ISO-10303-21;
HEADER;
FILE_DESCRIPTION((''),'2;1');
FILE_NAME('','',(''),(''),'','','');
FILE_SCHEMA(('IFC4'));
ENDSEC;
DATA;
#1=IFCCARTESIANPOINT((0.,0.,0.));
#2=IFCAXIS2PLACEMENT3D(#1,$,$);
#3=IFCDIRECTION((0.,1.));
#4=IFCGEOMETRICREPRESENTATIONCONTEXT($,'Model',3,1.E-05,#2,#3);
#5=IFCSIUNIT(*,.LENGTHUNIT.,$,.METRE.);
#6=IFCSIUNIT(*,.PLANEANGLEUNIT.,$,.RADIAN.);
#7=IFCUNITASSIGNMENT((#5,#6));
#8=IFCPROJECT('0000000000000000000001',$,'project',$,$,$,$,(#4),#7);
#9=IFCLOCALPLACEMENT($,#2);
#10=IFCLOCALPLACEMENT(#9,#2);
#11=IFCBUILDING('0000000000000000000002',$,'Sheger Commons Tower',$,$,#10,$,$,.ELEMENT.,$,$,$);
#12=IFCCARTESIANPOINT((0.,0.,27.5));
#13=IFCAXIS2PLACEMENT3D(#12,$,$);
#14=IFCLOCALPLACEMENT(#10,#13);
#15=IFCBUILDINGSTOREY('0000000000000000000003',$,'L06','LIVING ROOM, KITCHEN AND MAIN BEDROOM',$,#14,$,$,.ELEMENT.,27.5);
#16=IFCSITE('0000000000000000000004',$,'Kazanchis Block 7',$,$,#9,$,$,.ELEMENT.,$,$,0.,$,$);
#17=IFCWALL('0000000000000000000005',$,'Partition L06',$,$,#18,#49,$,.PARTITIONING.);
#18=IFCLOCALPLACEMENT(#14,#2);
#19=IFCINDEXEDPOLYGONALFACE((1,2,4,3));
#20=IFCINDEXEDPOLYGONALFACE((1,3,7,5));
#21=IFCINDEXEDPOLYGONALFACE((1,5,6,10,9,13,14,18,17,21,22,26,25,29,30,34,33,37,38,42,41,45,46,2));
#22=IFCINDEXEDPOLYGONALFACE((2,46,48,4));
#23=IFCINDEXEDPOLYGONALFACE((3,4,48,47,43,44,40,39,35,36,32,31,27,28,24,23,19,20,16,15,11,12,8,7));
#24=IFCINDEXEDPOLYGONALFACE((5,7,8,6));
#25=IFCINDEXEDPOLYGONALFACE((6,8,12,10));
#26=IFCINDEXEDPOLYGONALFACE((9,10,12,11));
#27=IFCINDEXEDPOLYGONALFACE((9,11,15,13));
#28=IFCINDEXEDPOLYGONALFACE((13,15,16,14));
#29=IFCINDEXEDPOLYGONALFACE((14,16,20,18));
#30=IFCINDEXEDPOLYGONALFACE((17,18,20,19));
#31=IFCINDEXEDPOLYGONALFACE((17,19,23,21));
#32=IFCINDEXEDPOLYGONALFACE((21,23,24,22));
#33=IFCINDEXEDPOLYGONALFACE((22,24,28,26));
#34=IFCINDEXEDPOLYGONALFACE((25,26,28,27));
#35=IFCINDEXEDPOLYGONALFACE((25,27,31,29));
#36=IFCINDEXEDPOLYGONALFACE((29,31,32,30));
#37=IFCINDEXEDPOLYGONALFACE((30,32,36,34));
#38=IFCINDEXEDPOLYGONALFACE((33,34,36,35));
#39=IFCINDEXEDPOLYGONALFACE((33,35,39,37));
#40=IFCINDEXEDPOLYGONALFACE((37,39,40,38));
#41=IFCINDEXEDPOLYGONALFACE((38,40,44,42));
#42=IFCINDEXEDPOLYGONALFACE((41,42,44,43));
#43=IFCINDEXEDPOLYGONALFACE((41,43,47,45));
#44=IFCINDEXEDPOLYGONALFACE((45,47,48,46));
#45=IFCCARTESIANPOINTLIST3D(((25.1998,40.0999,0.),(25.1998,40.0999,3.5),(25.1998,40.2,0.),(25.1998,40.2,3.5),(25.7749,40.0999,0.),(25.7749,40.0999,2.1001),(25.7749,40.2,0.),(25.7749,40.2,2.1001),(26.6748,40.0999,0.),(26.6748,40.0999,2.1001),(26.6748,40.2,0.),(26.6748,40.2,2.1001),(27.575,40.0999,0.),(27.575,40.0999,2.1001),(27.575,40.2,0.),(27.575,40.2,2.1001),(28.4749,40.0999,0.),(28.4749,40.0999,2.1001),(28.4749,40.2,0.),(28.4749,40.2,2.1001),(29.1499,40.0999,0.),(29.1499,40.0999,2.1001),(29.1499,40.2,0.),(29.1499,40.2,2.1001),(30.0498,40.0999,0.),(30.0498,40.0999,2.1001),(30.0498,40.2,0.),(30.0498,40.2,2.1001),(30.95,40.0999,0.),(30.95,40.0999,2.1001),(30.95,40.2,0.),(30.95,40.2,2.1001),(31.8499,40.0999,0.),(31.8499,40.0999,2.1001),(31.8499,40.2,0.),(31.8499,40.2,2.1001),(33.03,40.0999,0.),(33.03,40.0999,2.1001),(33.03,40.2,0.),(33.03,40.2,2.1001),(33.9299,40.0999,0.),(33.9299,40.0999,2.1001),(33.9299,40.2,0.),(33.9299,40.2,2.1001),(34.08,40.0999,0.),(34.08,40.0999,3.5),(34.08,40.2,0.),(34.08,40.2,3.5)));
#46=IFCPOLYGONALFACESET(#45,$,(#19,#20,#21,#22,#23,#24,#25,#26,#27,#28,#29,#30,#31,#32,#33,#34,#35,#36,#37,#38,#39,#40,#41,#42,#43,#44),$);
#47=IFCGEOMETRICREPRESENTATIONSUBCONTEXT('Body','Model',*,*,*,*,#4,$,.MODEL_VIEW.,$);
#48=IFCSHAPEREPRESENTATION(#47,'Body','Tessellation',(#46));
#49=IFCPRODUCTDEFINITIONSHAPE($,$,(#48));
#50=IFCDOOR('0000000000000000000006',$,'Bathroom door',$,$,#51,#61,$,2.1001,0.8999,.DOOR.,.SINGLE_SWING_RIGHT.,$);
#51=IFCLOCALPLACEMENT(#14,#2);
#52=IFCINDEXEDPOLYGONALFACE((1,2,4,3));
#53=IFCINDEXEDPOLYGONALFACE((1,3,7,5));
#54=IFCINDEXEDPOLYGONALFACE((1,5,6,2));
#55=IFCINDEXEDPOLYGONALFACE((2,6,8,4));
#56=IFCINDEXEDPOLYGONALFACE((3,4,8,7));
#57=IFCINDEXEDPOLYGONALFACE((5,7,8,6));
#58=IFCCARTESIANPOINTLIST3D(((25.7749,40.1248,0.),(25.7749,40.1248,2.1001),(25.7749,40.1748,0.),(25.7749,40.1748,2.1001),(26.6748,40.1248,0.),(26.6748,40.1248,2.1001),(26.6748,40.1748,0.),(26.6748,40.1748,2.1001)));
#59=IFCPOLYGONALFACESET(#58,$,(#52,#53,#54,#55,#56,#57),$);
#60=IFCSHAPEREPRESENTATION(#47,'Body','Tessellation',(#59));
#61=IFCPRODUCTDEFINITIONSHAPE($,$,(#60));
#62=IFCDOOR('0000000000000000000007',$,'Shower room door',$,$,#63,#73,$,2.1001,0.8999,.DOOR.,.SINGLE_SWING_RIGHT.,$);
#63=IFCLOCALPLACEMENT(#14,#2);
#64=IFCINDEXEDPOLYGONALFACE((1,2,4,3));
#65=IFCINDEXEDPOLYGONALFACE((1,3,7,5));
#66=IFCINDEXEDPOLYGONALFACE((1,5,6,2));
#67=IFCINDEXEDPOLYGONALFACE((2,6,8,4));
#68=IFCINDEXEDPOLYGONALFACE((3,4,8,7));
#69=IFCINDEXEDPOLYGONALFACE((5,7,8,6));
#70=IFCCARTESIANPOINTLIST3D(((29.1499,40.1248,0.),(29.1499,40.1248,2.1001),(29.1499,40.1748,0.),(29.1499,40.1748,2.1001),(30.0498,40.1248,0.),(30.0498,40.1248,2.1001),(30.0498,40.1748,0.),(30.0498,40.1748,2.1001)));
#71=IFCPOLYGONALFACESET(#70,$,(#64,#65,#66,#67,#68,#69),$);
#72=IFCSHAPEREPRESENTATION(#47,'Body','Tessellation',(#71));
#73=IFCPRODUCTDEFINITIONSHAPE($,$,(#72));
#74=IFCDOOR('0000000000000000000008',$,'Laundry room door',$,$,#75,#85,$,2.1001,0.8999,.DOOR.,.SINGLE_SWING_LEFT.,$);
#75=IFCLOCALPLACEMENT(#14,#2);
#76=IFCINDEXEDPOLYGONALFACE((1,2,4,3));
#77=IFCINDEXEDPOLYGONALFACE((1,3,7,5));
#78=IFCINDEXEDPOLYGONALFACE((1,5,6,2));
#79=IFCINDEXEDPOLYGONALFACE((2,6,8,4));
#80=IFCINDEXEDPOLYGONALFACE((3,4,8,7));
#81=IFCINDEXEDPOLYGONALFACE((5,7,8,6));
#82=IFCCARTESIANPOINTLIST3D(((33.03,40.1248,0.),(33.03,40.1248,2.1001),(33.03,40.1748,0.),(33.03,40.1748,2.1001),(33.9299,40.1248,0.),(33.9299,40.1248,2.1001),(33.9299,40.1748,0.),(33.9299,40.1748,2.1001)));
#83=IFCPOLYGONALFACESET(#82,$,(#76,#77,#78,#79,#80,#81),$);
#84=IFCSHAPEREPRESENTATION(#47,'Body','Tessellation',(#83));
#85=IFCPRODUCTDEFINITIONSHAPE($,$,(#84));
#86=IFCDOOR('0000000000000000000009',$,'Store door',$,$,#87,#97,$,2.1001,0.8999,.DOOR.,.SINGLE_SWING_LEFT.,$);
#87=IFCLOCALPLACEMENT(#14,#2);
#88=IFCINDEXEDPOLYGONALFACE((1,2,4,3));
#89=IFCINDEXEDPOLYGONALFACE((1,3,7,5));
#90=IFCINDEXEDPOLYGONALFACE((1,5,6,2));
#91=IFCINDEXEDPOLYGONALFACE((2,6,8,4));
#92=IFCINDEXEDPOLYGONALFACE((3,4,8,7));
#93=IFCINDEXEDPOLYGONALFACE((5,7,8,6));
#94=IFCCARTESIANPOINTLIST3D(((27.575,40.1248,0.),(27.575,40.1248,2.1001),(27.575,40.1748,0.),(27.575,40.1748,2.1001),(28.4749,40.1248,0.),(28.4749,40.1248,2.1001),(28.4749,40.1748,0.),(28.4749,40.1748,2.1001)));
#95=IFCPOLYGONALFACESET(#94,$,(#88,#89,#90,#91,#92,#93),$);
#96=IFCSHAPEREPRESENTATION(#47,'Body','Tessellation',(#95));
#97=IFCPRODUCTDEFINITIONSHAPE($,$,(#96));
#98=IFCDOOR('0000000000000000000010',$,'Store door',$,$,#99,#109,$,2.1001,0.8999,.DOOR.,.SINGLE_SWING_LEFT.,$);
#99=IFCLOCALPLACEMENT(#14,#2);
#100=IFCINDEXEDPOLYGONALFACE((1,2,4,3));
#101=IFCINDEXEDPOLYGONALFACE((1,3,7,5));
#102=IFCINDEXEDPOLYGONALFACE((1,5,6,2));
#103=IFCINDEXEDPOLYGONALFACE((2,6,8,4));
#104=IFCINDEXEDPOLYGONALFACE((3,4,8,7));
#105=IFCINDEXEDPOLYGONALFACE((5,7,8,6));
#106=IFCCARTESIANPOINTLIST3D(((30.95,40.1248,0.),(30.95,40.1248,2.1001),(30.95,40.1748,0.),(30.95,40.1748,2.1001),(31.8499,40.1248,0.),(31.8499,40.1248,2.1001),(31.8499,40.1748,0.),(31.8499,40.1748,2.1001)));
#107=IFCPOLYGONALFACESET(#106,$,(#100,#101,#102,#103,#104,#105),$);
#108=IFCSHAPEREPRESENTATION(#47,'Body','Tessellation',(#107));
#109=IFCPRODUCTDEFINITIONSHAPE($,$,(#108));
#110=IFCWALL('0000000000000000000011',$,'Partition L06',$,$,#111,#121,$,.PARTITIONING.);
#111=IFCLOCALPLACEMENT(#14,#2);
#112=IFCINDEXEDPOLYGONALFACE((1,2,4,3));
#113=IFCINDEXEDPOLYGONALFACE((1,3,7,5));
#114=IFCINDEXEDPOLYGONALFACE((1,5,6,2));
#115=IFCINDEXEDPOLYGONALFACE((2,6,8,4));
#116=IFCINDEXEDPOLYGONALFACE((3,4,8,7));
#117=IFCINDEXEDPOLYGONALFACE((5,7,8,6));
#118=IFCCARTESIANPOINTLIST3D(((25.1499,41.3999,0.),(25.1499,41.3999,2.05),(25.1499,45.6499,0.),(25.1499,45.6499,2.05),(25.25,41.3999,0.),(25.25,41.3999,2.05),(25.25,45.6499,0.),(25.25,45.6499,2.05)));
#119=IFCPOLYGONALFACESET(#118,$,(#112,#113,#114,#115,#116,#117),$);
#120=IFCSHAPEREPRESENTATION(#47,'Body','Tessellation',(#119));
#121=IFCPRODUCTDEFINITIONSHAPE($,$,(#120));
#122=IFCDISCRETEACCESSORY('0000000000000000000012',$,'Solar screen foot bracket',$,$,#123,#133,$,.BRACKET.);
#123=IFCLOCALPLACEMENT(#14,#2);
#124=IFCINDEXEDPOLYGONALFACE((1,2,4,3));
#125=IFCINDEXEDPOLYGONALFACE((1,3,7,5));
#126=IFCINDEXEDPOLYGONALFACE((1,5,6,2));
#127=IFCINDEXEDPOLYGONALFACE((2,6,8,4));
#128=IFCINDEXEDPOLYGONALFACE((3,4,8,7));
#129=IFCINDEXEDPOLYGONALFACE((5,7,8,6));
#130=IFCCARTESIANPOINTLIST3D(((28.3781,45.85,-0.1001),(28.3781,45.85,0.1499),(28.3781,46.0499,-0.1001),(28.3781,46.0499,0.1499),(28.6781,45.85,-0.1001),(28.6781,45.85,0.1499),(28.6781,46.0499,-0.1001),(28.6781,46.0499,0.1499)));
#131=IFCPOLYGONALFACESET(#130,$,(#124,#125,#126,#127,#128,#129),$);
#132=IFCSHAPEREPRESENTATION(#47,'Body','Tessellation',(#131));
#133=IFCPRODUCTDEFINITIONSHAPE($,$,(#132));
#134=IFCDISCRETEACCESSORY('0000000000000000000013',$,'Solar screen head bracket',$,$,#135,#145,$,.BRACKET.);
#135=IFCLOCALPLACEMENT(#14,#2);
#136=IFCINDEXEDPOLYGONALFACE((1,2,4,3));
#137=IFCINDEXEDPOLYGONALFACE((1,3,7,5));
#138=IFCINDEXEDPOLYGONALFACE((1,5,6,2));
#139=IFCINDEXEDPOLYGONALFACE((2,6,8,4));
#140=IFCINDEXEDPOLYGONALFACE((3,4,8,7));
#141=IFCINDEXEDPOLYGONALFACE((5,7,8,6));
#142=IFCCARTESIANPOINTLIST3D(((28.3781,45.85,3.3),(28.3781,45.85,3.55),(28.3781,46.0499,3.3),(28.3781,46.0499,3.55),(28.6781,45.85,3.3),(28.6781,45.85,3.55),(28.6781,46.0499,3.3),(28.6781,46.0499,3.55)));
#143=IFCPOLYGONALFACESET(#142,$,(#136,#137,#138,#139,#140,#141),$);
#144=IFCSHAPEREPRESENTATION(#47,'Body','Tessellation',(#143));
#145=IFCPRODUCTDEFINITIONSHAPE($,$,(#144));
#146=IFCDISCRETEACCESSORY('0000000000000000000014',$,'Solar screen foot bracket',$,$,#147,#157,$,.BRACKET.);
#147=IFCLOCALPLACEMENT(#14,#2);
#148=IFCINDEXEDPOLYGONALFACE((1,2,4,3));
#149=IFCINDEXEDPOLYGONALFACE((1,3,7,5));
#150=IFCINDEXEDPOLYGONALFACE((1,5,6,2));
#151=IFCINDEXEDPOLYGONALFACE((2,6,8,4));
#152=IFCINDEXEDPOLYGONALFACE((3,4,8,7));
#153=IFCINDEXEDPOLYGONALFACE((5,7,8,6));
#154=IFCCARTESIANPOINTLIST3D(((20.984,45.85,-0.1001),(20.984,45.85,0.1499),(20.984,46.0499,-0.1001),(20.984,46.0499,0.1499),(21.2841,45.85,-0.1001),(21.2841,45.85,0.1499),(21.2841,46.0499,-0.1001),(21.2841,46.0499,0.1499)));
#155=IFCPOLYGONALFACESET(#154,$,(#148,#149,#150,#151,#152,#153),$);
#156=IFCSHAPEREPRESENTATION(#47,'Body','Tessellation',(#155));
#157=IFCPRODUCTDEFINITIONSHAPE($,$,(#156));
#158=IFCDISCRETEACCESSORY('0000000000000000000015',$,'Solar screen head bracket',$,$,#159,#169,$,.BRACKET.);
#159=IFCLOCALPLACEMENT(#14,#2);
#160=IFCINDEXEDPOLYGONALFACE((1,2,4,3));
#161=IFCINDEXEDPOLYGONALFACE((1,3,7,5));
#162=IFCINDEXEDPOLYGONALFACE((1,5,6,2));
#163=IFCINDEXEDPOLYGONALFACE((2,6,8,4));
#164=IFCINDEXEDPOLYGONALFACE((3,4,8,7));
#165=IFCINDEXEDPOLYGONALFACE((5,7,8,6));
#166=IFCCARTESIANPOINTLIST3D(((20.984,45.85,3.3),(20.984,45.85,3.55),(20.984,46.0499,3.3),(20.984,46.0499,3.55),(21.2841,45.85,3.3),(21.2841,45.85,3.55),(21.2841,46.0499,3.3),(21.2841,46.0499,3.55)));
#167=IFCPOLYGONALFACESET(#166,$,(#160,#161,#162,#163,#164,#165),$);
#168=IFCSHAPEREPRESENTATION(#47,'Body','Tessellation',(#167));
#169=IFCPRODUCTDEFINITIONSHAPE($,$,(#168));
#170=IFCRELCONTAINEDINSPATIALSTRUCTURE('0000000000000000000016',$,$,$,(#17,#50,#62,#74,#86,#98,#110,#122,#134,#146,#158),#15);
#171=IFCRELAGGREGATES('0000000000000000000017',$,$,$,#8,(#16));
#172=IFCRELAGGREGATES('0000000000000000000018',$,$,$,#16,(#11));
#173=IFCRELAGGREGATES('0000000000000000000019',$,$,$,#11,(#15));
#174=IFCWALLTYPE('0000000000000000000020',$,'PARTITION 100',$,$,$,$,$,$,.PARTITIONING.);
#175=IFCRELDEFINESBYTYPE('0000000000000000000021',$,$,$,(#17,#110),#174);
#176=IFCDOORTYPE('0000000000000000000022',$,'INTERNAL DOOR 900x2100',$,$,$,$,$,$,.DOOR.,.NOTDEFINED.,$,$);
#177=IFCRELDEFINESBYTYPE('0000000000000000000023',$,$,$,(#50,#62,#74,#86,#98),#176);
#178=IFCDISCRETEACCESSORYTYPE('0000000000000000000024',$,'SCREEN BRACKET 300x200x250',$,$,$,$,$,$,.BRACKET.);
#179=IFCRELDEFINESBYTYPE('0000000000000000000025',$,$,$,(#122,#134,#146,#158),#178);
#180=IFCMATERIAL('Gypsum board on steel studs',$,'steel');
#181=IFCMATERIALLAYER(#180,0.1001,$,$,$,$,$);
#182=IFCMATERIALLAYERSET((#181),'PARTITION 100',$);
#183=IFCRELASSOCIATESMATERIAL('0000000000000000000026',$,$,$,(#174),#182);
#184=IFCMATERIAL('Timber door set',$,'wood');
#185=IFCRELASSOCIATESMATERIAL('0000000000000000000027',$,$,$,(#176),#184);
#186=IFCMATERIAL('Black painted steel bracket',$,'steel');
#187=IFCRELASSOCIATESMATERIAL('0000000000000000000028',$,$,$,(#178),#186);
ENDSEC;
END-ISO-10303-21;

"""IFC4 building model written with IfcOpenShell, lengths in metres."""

from ifc_helpers import new_model, si_unit, direction, frame, frame_2d, origin, origin_2d, place, context, subcontext, project, spatial, rectangle, extrude, material, layer, layer_set, type_object, element, fill, save


model = new_model("IFC4")

# Units and contexts
model_context = context("Model", 3, precision=1e-05, world=origin(), true_north=direction((0.0, 1.0)))
body_context = subcontext(model_context, "Body", "Model", "MODEL_VIEW")
ifc_project = project(units=[si_unit("LENGTHUNIT", "METRE"), si_unit("PLANEANGLEUNIT", "RADIAN")], contexts=[model_context])

# Site, building, storey
site_placement = place(None, origin())
site = spatial("IfcSite", under=ifc_project, at=site_placement, Name="Kazanchis Block 7", CompositionType="ELEMENT", RefElevation=0.0)
building_placement = place(site_placement, origin())
building = spatial("IfcBuilding", under=site, at=building_placement, Name="Sheger Commons Tower", CompositionType="ELEMENT")
storey_placement = place(building_placement, frame((0.0, 0.0, 27.5)))
storey = spatial("IfcBuildingStorey", under=building, at=storey_placement, Name="L06", Description="LIVING ROOM, KITCHEN AND MAIN BEDROOM", CompositionType="ELEMENT", Elevation=27.5)

# Wall, openings, doors
ifc_material_1 = material(Name="Gypsum board on steel studs", Category="steel")
ifc_layer_1 = layer(ifc_material_1, 0.1001)
ifc_layer_set_1 = layer_set([ifc_layer_1], Name="PARTITION 100")
wall_type_1 = type_object("IfcWallType", Name="PARTITION 100", PredefinedType="PARTITIONING", material=ifc_layer_set_1)
ifc_material_2 = material(Name="Timber door set", Category="wood")
door_type = type_object("IfcDoorType", Name="INTERNAL DOOR 900x2100", OperationType="NOTDEFINED", PredefinedType="DOOR", material=ifc_material_2)
wall_1_placement = place(storey_placement, frame((25.2, 40.1499, 0.0), z_axis=(0.0, 0.0, 1.0), x_axis=(1.0, 0.0, 0.0)))
wall_1 = element("IfcWall", 1, at=wall_1_placement, inside=storey, type_object=wall_type_1, Name="Partition L06", PredefinedType="PARTITIONING", context=body_context, shape_type="SweptSolid", body=[
    extrude(rectangle(XDim=8.8801, YDim=0.1001, at=frame_2d((4.4399, 0.0))), origin(), (0.0, 0.0, 1.0), 3.5),
])
opening_1_placement = place(wall_1_placement, frame((0.575, 0.0, 0.0)))
opening_1 = element("IfcOpeningElement", 2, at=opening_1_placement, cuts=wall_1, PredefinedType="OPENING", context=body_context, shape_type="SweptSolid", body=[
    extrude(rectangle(XDim=0.8999, YDim=2.1001, at=frame_2d((0.45, 1.05))), frame((0.0, 0.0601, 0.0), z_axis=(0.0, -1.0, 0.0), x_axis=(1.0, 0.0, 0.0)), (0.0, 0.0, 1.0), 0.1201),
])
opening_2_placement = place(wall_1_placement, frame((3.95, 0.0, 0.0)))
opening_2 = element("IfcOpeningElement", 3, at=opening_2_placement, cuts=wall_1, PredefinedType="OPENING", context=body_context, shape_type="SweptSolid", body=[
    extrude(rectangle(XDim=0.8999, YDim=2.1001, at=frame_2d((0.45, 1.05))), frame((0.0, 0.0601, 0.0), z_axis=(0.0, -1.0, 0.0), x_axis=(1.0, 0.0, 0.0)), (0.0, 0.0, 1.0), 0.1201),
])
opening_3_placement = place(wall_1_placement, frame((7.8301, 0.0, 0.0)))
opening_3 = element("IfcOpeningElement", 4, at=opening_3_placement, cuts=wall_1, PredefinedType="OPENING", context=body_context, shape_type="SweptSolid", body=[
    extrude(rectangle(XDim=0.8999, YDim=2.1001, at=frame_2d((0.45, 1.05))), frame((0.0, 0.0601, 0.0), z_axis=(0.0, -1.0, 0.0), x_axis=(1.0, 0.0, 0.0)), (0.0, 0.0, 1.0), 0.1201),
])
opening_4_placement = place(wall_1_placement, frame((2.375, 0.0, 0.0)))
opening_4 = element("IfcOpeningElement", 5, at=opening_4_placement, cuts=wall_1, PredefinedType="OPENING", context=body_context, shape_type="SweptSolid", body=[
    extrude(rectangle(XDim=0.8999, YDim=2.1001, at=frame_2d((0.45, 1.05))), frame((0.0, 0.0601, 0.0), z_axis=(0.0, -1.0, 0.0), x_axis=(1.0, 0.0, 0.0)), (0.0, 0.0, 1.0), 0.1201),
])
opening_5_placement = place(wall_1_placement, frame((5.75, 0.0, 0.0)))
opening_5 = element("IfcOpeningElement", 6, at=opening_5_placement, cuts=wall_1, PredefinedType="OPENING", context=body_context, shape_type="SweptSolid", body=[
    extrude(rectangle(XDim=0.8999, YDim=2.1001, at=frame_2d((0.45, 1.05))), frame((0.0, 0.0601, 0.0), z_axis=(0.0, -1.0, 0.0), x_axis=(1.0, 0.0, 0.0)), (0.0, 0.0, 1.0), 0.1201),
])
door_1_placement = place(opening_1_placement, origin())
door_1 = element("IfcDoor", 7, at=door_1_placement, inside=storey, type_object=door_type, Name="Bathroom door", OperationType="SINGLE_SWING_RIGHT", OverallHeight=2.1001, OverallWidth=0.8999, PredefinedType="DOOR", context=body_context, shape_type="SweptSolid", body=[
    extrude(rectangle(XDim=0.8999, YDim=2.1001, at=frame_2d((0.45, 1.05))), frame((0.0, 0.0249, 0.0), z_axis=(0.0, -1.0, 0.0), x_axis=(1.0, 0.0, 0.0)), (0.0, 0.0, 1.0), 0.05),
])
fill(opening_1, door_1)
door_2_placement = place(opening_2_placement, origin())
door_2 = element("IfcDoor", 8, at=door_2_placement, inside=storey, type_object=door_type, Name="Shower room door", OperationType="SINGLE_SWING_RIGHT", OverallHeight=2.1001, OverallWidth=0.8999, PredefinedType="DOOR", context=body_context, shape_type="SweptSolid", body=[
    extrude(rectangle(XDim=0.8999, YDim=2.1001, at=frame_2d((0.45, 1.05))), frame((0.0, 0.0249, 0.0), z_axis=(0.0, -1.0, 0.0), x_axis=(1.0, 0.0, 0.0)), (0.0, 0.0, 1.0), 0.05),
])
fill(opening_2, door_2)
door_3_placement = place(opening_3_placement, origin())
door_3 = element("IfcDoor", 9, at=door_3_placement, inside=storey, type_object=door_type, Name="Laundry room door", OperationType="SINGLE_SWING_LEFT", OverallHeight=2.1001, OverallWidth=0.8999, PredefinedType="DOOR", context=body_context, shape_type="SweptSolid", body=[
    extrude(rectangle(XDim=0.8999, YDim=2.1001, at=frame_2d((0.45, 1.05))), frame((0.0, 0.0249, 0.0), z_axis=(0.0, -1.0, 0.0), x_axis=(1.0, 0.0, 0.0)), (0.0, 0.0, 1.0), 0.05),
])
fill(opening_3, door_3)
door_4_placement = place(opening_4_placement, origin())
door_4 = element("IfcDoor", 10, at=door_4_placement, inside=storey, type_object=door_type, Name="Store door", OperationType="SINGLE_SWING_LEFT", OverallHeight=2.1001, OverallWidth=0.8999, PredefinedType="DOOR", context=body_context, shape_type="SweptSolid", body=[
    extrude(rectangle(XDim=0.8999, YDim=2.1001, at=frame_2d((0.45, 1.05))), frame((0.0, 0.0249, 0.0), z_axis=(0.0, -1.0, 0.0), x_axis=(1.0, 0.0, 0.0)), (0.0, 0.0, 1.0), 0.05),
])
fill(opening_4, door_4)
door_5_placement = place(opening_5_placement, origin())
door_5 = element("IfcDoor", 11, at=door_5_placement, inside=storey, type_object=door_type, Name="Store door", OperationType="SINGLE_SWING_LEFT", OverallHeight=2.1001, OverallWidth=0.8999, PredefinedType="DOOR", context=body_context, shape_type="SweptSolid", body=[
    extrude(rectangle(XDim=0.8999, YDim=2.1001, at=frame_2d((0.45, 1.05))), frame((0.0, 0.0249, 0.0), z_axis=(0.0, -1.0, 0.0), x_axis=(1.0, 0.0, 0.0)), (0.0, 0.0, 1.0), 0.05),
])
fill(opening_5, door_5)

# Wall
wall_2_placement = place(storey_placement, frame((25.2, 41.3999, 0.0), z_axis=(0.0, 0.0, 1.0), x_axis=(0.0, 1.0, 0.0)))
element("IfcWall", 12, at=wall_2_placement, inside=storey, type_object=wall_type_1, Name="Partition L06", PredefinedType="PARTITIONING", context=body_context, shape_type="SweptSolid", body=[
    extrude(rectangle(XDim=4.25, YDim=0.1001, at=frame_2d((2.125, 0.0))), origin(), (0.0, 0.0, 1.0), 2.05),
])

# Discrete accessories
ifc_material_3 = material(Name="Black painted steel bracket", Category="steel")
discrete_accessory_type = type_object("IfcDiscreteAccessoryType", Name="SCREEN BRACKET 300x200x250", PredefinedType="BRACKET", material=ifc_material_3)
for number, where, z_axis, x_axis, name in (
    (13, (28.5281, 45.95, -0.1001), (0.0, 0.0, 1.0), (-1.0, 0.0, 0.0), "Solar screen foot bracket"),
    (14, (28.5281, 45.95, 3.3), (0.0, 0.0, 1.0), (-1.0, 0.0, 0.0), "Solar screen head bracket"),
    (15, (21.134, 45.95, -0.1001), (0.0, 0.0, 1.0), (-1.0, 0.0, 0.0), "Solar screen foot bracket"),
    (16, (21.134, 45.95, 3.3), (0.0, 0.0, 1.0), (-1.0, 0.0, 0.0), "Solar screen head bracket"),
):
    element("IfcDiscreteAccessory", number, at=place(storey_placement, frame(where, z_axis=z_axis, x_axis=x_axis)), inside=storey, type_object=discrete_accessory_type, Name=name, PredefinedType="BRACKET", context=body_context, shape_type="SweptSolid", body=[
        extrude(rectangle(XDim=0.3, YDim=0.2, at=origin_2d()), origin(), (0.0, 0.0, 1.0), 0.25),
    ])

save(model, "model.ifc")
